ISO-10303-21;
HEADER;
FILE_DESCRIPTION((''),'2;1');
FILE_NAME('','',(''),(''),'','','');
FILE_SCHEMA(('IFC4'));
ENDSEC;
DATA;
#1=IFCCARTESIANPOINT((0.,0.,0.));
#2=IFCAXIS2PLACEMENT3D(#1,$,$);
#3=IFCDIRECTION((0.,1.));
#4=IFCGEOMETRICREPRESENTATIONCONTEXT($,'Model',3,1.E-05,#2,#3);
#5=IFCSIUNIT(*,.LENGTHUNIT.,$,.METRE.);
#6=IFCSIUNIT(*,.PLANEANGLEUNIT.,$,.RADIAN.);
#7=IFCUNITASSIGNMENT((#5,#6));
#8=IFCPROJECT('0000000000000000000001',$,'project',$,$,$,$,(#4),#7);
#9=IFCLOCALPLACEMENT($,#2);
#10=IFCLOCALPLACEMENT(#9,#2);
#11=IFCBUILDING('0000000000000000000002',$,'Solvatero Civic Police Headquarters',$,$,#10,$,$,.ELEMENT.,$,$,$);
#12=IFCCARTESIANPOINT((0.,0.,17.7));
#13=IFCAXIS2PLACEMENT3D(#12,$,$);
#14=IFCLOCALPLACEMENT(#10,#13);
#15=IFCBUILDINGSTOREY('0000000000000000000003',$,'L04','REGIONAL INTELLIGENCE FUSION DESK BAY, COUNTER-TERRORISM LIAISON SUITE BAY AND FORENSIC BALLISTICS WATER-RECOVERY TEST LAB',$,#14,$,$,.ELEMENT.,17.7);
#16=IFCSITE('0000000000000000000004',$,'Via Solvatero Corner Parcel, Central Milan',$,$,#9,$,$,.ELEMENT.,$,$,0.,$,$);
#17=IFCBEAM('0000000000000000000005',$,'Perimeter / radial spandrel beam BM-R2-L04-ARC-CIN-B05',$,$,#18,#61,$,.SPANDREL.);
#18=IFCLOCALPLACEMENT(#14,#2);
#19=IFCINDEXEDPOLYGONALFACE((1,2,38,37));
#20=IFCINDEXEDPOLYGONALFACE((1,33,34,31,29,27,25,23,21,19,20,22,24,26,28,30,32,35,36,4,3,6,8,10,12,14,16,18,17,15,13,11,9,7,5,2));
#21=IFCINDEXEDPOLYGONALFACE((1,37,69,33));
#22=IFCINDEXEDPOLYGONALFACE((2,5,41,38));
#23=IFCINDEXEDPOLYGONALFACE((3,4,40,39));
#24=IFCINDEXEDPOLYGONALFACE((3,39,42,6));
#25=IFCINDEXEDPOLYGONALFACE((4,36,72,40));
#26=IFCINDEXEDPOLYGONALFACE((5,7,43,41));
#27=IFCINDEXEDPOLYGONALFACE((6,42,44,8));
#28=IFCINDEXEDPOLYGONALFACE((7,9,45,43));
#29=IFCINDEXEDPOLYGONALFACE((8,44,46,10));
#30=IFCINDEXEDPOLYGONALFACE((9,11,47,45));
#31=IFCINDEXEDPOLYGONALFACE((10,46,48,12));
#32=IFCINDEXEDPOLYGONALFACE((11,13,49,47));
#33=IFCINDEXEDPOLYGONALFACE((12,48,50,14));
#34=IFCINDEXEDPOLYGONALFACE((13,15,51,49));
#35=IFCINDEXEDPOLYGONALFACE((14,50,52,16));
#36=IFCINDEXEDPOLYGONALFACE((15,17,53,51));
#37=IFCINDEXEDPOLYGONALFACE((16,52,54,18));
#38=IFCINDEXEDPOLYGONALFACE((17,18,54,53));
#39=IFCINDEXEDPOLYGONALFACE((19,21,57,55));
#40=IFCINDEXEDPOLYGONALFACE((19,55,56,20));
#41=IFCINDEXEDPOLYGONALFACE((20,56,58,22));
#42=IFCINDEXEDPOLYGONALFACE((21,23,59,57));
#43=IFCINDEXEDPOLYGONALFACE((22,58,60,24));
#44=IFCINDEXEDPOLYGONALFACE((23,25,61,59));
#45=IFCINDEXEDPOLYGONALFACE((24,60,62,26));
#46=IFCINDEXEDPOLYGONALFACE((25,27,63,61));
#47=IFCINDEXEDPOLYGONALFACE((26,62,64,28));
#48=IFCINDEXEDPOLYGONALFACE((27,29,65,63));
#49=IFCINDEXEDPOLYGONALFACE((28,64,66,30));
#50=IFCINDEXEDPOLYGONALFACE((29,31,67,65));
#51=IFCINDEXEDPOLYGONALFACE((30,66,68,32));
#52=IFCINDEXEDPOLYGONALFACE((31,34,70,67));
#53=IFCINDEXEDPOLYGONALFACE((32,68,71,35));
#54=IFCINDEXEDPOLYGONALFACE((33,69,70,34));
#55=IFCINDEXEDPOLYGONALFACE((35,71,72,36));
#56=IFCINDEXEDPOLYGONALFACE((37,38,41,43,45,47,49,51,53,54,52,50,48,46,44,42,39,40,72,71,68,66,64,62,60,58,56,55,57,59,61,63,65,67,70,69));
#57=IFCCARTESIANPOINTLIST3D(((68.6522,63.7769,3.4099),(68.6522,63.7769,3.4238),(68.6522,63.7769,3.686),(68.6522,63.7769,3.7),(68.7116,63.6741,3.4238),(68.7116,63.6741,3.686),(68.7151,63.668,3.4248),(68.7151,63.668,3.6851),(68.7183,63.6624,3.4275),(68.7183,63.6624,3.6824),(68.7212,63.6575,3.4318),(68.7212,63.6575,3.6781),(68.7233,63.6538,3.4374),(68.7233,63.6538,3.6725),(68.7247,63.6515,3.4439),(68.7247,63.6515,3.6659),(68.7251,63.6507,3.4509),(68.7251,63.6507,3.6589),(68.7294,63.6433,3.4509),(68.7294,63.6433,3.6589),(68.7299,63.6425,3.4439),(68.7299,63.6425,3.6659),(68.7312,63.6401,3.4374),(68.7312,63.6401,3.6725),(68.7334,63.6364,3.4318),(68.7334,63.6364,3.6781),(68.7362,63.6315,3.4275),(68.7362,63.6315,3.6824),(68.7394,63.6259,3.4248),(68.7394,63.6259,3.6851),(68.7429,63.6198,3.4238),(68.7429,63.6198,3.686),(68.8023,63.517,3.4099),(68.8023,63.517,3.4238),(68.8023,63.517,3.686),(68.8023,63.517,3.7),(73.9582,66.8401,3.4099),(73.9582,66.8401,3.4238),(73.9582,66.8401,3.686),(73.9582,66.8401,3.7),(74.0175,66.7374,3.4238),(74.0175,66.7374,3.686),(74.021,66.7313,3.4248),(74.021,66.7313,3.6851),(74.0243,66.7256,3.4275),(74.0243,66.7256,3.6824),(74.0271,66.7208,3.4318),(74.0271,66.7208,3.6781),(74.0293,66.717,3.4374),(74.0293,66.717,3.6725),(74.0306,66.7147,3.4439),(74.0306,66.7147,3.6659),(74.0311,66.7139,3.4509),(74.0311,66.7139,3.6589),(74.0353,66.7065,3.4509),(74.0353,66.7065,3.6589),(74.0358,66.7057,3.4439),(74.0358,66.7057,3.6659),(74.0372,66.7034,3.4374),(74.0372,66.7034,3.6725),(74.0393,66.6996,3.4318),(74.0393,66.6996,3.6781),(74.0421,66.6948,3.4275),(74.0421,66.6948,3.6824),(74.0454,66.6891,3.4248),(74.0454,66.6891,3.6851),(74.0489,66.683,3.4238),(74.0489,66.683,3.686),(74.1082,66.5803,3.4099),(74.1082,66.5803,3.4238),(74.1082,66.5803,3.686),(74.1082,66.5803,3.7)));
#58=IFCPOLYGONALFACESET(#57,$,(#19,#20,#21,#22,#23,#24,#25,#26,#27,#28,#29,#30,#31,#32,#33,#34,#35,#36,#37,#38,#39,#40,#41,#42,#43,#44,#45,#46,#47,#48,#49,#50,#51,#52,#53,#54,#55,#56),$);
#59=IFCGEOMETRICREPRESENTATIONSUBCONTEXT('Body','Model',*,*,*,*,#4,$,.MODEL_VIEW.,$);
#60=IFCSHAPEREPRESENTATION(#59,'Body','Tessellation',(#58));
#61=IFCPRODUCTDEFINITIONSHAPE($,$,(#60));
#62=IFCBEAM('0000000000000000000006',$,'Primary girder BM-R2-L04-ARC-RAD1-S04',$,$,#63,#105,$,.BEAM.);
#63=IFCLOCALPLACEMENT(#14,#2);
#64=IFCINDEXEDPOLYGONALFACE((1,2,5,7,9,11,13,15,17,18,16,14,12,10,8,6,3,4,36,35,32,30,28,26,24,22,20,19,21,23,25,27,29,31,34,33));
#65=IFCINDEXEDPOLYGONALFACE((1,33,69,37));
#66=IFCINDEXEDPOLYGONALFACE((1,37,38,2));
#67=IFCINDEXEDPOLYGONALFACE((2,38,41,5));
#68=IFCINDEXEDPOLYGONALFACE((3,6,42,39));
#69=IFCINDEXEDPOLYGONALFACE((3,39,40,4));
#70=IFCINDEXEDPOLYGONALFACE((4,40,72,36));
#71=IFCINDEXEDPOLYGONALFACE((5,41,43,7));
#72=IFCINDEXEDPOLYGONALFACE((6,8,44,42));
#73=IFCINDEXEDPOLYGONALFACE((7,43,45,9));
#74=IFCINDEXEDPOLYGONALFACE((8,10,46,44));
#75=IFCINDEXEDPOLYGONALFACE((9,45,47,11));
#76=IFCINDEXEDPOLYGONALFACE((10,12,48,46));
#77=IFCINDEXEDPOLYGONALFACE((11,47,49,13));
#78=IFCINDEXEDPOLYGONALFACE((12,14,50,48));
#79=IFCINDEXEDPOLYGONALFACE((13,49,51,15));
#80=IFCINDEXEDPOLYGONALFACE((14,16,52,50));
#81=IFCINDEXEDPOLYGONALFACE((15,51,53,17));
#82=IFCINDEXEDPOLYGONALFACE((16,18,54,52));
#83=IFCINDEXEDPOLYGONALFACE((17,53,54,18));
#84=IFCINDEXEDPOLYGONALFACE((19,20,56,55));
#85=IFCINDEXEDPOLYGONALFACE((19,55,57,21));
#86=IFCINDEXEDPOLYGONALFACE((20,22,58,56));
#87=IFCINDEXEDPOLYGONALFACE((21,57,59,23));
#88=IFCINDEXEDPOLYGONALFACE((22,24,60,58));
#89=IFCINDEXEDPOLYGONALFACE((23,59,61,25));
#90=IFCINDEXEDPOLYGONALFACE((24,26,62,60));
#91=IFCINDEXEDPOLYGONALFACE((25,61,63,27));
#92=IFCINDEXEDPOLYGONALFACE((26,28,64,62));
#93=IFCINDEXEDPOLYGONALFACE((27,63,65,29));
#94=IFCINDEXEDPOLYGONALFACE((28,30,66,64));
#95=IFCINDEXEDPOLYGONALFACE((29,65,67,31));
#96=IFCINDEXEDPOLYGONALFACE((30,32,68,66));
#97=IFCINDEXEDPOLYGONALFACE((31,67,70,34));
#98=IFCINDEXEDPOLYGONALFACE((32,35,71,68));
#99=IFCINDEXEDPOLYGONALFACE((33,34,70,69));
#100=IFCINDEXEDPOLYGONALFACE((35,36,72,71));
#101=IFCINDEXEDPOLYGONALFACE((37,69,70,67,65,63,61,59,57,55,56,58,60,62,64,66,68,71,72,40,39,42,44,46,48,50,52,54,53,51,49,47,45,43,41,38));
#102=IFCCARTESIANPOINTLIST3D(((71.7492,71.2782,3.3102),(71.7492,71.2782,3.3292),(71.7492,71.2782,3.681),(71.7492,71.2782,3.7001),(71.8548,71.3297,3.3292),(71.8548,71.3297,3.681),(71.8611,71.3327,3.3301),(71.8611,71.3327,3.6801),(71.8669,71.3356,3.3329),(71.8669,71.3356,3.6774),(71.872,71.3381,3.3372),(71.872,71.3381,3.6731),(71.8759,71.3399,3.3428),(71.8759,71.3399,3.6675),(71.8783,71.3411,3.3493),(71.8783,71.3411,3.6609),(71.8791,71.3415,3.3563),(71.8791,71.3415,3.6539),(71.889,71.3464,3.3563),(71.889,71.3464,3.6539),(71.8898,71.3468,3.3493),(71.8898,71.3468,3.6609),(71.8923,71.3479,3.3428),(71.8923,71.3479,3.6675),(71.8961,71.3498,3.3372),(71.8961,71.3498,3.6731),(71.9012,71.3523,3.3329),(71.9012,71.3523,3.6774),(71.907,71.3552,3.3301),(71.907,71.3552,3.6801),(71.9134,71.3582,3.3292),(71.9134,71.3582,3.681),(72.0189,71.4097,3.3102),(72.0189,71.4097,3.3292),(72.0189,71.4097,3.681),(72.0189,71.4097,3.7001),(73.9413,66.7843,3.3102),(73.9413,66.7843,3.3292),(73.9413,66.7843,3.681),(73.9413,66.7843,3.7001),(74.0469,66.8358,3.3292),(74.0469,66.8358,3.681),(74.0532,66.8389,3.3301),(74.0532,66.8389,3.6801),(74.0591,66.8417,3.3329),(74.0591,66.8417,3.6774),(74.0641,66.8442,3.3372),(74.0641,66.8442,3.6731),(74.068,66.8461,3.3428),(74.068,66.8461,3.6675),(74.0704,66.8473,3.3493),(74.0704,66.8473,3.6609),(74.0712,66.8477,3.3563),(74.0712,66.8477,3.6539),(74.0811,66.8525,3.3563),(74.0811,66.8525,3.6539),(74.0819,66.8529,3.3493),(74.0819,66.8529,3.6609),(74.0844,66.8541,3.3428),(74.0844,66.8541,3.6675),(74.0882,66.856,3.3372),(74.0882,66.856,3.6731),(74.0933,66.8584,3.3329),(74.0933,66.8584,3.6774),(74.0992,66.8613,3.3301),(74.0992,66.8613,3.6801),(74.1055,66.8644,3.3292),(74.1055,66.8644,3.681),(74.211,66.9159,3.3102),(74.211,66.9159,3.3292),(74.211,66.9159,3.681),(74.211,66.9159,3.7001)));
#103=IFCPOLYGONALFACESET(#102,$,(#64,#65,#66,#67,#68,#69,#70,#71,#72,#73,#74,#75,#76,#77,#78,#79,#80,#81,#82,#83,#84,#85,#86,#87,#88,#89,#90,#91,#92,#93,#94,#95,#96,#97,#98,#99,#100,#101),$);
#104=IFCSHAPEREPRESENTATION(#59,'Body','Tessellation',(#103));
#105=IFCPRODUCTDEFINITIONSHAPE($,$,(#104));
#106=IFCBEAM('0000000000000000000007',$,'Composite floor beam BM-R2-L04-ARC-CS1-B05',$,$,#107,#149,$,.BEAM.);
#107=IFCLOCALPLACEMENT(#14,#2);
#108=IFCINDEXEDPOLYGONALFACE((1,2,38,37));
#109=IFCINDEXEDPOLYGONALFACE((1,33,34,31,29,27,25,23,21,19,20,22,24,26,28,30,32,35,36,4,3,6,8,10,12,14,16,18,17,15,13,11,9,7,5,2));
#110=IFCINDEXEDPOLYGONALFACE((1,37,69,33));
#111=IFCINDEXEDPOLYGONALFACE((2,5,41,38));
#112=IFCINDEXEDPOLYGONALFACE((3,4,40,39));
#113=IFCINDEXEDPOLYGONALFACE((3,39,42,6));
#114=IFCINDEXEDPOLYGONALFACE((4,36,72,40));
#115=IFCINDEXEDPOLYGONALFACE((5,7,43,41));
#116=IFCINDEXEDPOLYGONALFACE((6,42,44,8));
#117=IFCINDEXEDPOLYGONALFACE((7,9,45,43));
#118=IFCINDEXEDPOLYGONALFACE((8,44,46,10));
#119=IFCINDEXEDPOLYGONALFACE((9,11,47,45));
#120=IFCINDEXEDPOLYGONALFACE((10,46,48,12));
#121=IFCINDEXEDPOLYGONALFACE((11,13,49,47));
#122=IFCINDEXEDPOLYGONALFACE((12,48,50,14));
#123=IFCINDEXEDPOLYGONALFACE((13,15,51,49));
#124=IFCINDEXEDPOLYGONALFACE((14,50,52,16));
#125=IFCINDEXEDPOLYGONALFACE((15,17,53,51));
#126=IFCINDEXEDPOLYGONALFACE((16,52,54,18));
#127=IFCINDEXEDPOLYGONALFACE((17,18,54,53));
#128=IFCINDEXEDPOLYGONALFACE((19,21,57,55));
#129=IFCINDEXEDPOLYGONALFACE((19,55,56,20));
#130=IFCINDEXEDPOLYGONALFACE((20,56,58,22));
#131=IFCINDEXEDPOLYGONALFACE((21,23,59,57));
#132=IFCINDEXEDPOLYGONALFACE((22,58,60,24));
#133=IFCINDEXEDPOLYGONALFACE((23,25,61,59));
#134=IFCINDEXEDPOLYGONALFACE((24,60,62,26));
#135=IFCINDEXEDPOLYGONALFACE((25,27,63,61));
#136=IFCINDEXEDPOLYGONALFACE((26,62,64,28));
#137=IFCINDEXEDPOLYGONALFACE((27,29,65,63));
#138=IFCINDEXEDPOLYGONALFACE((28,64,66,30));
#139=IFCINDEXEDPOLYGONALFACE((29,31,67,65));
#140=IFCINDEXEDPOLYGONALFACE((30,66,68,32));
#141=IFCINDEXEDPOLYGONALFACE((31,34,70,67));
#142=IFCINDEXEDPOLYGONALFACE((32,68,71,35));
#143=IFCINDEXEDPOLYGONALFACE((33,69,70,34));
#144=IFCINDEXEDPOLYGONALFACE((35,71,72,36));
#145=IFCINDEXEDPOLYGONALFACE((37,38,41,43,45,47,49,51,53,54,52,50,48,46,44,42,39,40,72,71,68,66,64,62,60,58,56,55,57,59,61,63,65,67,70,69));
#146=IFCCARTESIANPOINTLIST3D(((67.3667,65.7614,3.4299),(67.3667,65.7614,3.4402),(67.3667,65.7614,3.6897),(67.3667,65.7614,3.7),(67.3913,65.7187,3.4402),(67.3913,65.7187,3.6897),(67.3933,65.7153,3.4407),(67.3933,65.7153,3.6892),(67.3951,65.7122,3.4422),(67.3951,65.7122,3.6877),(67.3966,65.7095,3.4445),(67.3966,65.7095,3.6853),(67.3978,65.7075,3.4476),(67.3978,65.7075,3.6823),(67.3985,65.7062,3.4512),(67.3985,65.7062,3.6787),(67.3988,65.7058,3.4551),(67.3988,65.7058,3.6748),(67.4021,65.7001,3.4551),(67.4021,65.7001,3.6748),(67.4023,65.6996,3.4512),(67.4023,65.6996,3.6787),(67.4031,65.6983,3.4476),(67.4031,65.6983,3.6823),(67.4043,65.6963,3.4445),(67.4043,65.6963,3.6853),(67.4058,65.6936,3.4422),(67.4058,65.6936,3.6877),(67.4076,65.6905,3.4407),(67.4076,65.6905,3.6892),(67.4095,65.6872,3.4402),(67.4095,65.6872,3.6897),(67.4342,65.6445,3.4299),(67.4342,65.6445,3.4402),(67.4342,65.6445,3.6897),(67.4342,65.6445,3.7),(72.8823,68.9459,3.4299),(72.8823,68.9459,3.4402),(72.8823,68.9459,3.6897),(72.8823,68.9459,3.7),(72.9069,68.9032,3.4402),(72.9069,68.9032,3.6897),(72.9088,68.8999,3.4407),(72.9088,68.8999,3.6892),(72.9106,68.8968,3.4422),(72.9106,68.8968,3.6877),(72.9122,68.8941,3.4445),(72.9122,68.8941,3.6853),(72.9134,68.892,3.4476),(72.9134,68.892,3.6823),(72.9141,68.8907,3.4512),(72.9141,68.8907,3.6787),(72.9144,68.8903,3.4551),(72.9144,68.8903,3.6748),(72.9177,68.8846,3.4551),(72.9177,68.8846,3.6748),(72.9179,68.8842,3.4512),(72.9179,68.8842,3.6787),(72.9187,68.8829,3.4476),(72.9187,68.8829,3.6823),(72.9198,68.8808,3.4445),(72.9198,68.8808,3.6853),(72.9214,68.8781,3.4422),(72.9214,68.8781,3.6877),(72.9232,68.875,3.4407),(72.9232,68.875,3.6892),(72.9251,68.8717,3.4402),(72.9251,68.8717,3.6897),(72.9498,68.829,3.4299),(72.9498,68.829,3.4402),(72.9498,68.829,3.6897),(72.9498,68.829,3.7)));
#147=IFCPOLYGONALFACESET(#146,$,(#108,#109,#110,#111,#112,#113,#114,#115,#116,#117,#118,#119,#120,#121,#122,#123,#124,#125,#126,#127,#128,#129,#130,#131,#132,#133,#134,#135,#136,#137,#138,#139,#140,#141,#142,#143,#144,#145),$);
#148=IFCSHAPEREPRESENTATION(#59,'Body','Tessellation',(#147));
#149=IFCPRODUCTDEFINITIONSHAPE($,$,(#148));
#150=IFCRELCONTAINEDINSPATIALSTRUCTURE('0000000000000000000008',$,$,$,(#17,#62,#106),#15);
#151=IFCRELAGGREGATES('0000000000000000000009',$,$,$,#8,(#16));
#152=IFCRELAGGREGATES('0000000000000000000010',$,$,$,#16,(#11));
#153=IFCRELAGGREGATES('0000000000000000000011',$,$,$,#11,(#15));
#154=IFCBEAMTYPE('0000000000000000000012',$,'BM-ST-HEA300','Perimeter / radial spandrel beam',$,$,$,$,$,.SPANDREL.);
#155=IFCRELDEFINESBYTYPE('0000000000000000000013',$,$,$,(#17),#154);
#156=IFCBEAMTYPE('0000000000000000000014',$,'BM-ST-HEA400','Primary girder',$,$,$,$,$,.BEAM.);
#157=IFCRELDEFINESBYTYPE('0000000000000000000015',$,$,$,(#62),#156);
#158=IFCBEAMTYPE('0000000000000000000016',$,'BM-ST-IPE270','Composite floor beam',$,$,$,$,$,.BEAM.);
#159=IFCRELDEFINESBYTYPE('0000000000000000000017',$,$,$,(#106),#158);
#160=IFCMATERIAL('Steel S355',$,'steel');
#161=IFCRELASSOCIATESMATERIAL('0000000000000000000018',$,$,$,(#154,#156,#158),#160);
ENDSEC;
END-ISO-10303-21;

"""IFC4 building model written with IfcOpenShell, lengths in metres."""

from ifc_helpers import new_model, si_unit, direction, frame, origin, origin_2d, place, context, subcontext, project, spatial, i_section, extrude, material, material_profile, profile_set, type_object, element, save


model = new_model("IFC4")

# Units and contexts
model_context = context("Model", 3, precision=1e-05, world=origin(), true_north=direction((0.0, 1.0)))
body_context = subcontext(model_context, "Body", "Model", "MODEL_VIEW")
ifc_project = project(units=[si_unit("LENGTHUNIT", "METRE"), si_unit("PLANEANGLEUNIT", "RADIAN")], contexts=[model_context])

# Site, building, storey
site_placement = place(None, origin())
site = spatial("IfcSite", under=ifc_project, at=site_placement, Name="Via Solvatero Corner Parcel, Central Milan", CompositionType="ELEMENT", RefElevation=0.0)
building_placement = place(site_placement, origin())
building = spatial("IfcBuilding", under=site, at=building_placement, Name="Solvatero Civic Police Headquarters", CompositionType="ELEMENT")
storey_placement = place(building_placement, frame((0.0, 0.0, 17.7)))
storey = spatial("IfcBuildingStorey", under=building, at=storey_placement, Name="L04", Description="REGIONAL INTELLIGENCE FUSION DESK BAY, COUNTER-TERRORISM LIAISON SUITE BAY AND FORENSIC BALLISTICS WATER-RECOVERY TEST LAB", CompositionType="ELEMENT", Elevation=17.7)

# Beams
ifc_material_1 = material(Name="Steel S355", Category="steel")
ifc_material_profile_1 = material_profile(ifc_material_1, i_section(OverallWidth=0.3, OverallDepth=0.29, WebThickness=0.0085, FlangeThickness=0.0139, FilletRadius=0.0271, at=origin_2d()), Name="HEA 300")
ifc_profile_set_1 = profile_set([ifc_material_profile_1], Name="Steel S355")
beam_type_1 = type_object("IfcBeamType", Name="BM-ST-HEA300", Description="Perimeter / radial spandrel beam", PredefinedType="SPANDREL", material=ifc_profile_set_1)
beam_1_placement = place(storey_placement, frame((74.0332, 66.7102, 3.5549), z_axis=(-0.866035, -0.499983, 0.0), x_axis=(0.499983, -0.866035, 0.0)))
element("IfcBeam", 1, at=beam_1_placement, inside=storey, type_object=beam_type_1, Name="Perimeter / radial spandrel beam BM-R2-L04-ARC-CIN-B05", PredefinedType="SPANDREL", context=body_context, shape_type="SweptSolid", body=[
    extrude(i_section(OverallWidth=0.3, OverallDepth=0.29, WebThickness=0.0085, FlangeThickness=0.0139, FilletRadius=0.0271, at=origin_2d()), origin(), (0.0, 0.0, 1.0), 6.1267),
])
ifc_material_profile_2 = material_profile(ifc_material_1, i_section(OverallWidth=0.3, OverallDepth=0.3899, WebThickness=0.011, FlangeThickness=0.019, FilletRadius=0.0271, at=origin_2d()), Name="HEA 400")
ifc_profile_set_2 = profile_set([ifc_material_profile_2], Name="Steel S355")
beam_type_2 = type_object("IfcBeamType", Name="BM-ST-HEA400", Description="Primary girder", PredefinedType="BEAM", material=ifc_profile_set_2)
beam_2_placement = place(storey_placement, frame((74.0762, 66.8501, 3.5051), z_axis=(-0.438423, 0.898769, 0.0), x_axis=(-0.898769, -0.438423, 0.0)))
element("IfcBeam", 2, at=beam_2_placement, inside=storey, type_object=beam_type_2, Name="Primary girder BM-R2-L04-ARC-RAD1-S04", PredefinedType="BEAM", context=body_context, shape_type="SweptSolid", body=[
    extrude(i_section(OverallWidth=0.3, OverallDepth=0.3899, WebThickness=0.011, FlangeThickness=0.019, FilletRadius=0.0271, at=origin_2d()), origin(), (0.0, 0.0, 1.0), 5.0),
])
ifc_material_profile_3 = material_profile(ifc_material_1, i_section(OverallWidth=0.135, OverallDepth=0.27, WebThickness=0.0066, FlangeThickness=0.0103, FilletRadius=0.0149, at=origin_2d()), Name="IPE 270")
ifc_profile_set_3 = profile_set([ifc_material_profile_3], Name="Steel S355")
beam_type_3 = type_object("IfcBeamType", Name="BM-ST-IPE270", Description="Composite floor beam", PredefinedType="BEAM", material=ifc_profile_set_3)
beam_3_placement = place(storey_placement, frame((72.916, 68.8875, 3.5649), z_axis=(-0.866017, -0.500014, 0.0), x_axis=(0.500014, -0.866017, 0.0)))
element("IfcBeam", 3, at=beam_3_placement, inside=storey, type_object=beam_type_3, Name="Composite floor beam BM-R2-L04-ARC-CS1-B05", PredefinedType="BEAM", context=body_context, shape_type="SweptSolid", body=[
    extrude(i_section(OverallWidth=0.135, OverallDepth=0.27, WebThickness=0.0066, FlangeThickness=0.0103, FilletRadius=0.0149, at=origin_2d()), origin(), (0.0, 0.0, 1.0), 6.3689),
])

save(model, "model.ifc")
